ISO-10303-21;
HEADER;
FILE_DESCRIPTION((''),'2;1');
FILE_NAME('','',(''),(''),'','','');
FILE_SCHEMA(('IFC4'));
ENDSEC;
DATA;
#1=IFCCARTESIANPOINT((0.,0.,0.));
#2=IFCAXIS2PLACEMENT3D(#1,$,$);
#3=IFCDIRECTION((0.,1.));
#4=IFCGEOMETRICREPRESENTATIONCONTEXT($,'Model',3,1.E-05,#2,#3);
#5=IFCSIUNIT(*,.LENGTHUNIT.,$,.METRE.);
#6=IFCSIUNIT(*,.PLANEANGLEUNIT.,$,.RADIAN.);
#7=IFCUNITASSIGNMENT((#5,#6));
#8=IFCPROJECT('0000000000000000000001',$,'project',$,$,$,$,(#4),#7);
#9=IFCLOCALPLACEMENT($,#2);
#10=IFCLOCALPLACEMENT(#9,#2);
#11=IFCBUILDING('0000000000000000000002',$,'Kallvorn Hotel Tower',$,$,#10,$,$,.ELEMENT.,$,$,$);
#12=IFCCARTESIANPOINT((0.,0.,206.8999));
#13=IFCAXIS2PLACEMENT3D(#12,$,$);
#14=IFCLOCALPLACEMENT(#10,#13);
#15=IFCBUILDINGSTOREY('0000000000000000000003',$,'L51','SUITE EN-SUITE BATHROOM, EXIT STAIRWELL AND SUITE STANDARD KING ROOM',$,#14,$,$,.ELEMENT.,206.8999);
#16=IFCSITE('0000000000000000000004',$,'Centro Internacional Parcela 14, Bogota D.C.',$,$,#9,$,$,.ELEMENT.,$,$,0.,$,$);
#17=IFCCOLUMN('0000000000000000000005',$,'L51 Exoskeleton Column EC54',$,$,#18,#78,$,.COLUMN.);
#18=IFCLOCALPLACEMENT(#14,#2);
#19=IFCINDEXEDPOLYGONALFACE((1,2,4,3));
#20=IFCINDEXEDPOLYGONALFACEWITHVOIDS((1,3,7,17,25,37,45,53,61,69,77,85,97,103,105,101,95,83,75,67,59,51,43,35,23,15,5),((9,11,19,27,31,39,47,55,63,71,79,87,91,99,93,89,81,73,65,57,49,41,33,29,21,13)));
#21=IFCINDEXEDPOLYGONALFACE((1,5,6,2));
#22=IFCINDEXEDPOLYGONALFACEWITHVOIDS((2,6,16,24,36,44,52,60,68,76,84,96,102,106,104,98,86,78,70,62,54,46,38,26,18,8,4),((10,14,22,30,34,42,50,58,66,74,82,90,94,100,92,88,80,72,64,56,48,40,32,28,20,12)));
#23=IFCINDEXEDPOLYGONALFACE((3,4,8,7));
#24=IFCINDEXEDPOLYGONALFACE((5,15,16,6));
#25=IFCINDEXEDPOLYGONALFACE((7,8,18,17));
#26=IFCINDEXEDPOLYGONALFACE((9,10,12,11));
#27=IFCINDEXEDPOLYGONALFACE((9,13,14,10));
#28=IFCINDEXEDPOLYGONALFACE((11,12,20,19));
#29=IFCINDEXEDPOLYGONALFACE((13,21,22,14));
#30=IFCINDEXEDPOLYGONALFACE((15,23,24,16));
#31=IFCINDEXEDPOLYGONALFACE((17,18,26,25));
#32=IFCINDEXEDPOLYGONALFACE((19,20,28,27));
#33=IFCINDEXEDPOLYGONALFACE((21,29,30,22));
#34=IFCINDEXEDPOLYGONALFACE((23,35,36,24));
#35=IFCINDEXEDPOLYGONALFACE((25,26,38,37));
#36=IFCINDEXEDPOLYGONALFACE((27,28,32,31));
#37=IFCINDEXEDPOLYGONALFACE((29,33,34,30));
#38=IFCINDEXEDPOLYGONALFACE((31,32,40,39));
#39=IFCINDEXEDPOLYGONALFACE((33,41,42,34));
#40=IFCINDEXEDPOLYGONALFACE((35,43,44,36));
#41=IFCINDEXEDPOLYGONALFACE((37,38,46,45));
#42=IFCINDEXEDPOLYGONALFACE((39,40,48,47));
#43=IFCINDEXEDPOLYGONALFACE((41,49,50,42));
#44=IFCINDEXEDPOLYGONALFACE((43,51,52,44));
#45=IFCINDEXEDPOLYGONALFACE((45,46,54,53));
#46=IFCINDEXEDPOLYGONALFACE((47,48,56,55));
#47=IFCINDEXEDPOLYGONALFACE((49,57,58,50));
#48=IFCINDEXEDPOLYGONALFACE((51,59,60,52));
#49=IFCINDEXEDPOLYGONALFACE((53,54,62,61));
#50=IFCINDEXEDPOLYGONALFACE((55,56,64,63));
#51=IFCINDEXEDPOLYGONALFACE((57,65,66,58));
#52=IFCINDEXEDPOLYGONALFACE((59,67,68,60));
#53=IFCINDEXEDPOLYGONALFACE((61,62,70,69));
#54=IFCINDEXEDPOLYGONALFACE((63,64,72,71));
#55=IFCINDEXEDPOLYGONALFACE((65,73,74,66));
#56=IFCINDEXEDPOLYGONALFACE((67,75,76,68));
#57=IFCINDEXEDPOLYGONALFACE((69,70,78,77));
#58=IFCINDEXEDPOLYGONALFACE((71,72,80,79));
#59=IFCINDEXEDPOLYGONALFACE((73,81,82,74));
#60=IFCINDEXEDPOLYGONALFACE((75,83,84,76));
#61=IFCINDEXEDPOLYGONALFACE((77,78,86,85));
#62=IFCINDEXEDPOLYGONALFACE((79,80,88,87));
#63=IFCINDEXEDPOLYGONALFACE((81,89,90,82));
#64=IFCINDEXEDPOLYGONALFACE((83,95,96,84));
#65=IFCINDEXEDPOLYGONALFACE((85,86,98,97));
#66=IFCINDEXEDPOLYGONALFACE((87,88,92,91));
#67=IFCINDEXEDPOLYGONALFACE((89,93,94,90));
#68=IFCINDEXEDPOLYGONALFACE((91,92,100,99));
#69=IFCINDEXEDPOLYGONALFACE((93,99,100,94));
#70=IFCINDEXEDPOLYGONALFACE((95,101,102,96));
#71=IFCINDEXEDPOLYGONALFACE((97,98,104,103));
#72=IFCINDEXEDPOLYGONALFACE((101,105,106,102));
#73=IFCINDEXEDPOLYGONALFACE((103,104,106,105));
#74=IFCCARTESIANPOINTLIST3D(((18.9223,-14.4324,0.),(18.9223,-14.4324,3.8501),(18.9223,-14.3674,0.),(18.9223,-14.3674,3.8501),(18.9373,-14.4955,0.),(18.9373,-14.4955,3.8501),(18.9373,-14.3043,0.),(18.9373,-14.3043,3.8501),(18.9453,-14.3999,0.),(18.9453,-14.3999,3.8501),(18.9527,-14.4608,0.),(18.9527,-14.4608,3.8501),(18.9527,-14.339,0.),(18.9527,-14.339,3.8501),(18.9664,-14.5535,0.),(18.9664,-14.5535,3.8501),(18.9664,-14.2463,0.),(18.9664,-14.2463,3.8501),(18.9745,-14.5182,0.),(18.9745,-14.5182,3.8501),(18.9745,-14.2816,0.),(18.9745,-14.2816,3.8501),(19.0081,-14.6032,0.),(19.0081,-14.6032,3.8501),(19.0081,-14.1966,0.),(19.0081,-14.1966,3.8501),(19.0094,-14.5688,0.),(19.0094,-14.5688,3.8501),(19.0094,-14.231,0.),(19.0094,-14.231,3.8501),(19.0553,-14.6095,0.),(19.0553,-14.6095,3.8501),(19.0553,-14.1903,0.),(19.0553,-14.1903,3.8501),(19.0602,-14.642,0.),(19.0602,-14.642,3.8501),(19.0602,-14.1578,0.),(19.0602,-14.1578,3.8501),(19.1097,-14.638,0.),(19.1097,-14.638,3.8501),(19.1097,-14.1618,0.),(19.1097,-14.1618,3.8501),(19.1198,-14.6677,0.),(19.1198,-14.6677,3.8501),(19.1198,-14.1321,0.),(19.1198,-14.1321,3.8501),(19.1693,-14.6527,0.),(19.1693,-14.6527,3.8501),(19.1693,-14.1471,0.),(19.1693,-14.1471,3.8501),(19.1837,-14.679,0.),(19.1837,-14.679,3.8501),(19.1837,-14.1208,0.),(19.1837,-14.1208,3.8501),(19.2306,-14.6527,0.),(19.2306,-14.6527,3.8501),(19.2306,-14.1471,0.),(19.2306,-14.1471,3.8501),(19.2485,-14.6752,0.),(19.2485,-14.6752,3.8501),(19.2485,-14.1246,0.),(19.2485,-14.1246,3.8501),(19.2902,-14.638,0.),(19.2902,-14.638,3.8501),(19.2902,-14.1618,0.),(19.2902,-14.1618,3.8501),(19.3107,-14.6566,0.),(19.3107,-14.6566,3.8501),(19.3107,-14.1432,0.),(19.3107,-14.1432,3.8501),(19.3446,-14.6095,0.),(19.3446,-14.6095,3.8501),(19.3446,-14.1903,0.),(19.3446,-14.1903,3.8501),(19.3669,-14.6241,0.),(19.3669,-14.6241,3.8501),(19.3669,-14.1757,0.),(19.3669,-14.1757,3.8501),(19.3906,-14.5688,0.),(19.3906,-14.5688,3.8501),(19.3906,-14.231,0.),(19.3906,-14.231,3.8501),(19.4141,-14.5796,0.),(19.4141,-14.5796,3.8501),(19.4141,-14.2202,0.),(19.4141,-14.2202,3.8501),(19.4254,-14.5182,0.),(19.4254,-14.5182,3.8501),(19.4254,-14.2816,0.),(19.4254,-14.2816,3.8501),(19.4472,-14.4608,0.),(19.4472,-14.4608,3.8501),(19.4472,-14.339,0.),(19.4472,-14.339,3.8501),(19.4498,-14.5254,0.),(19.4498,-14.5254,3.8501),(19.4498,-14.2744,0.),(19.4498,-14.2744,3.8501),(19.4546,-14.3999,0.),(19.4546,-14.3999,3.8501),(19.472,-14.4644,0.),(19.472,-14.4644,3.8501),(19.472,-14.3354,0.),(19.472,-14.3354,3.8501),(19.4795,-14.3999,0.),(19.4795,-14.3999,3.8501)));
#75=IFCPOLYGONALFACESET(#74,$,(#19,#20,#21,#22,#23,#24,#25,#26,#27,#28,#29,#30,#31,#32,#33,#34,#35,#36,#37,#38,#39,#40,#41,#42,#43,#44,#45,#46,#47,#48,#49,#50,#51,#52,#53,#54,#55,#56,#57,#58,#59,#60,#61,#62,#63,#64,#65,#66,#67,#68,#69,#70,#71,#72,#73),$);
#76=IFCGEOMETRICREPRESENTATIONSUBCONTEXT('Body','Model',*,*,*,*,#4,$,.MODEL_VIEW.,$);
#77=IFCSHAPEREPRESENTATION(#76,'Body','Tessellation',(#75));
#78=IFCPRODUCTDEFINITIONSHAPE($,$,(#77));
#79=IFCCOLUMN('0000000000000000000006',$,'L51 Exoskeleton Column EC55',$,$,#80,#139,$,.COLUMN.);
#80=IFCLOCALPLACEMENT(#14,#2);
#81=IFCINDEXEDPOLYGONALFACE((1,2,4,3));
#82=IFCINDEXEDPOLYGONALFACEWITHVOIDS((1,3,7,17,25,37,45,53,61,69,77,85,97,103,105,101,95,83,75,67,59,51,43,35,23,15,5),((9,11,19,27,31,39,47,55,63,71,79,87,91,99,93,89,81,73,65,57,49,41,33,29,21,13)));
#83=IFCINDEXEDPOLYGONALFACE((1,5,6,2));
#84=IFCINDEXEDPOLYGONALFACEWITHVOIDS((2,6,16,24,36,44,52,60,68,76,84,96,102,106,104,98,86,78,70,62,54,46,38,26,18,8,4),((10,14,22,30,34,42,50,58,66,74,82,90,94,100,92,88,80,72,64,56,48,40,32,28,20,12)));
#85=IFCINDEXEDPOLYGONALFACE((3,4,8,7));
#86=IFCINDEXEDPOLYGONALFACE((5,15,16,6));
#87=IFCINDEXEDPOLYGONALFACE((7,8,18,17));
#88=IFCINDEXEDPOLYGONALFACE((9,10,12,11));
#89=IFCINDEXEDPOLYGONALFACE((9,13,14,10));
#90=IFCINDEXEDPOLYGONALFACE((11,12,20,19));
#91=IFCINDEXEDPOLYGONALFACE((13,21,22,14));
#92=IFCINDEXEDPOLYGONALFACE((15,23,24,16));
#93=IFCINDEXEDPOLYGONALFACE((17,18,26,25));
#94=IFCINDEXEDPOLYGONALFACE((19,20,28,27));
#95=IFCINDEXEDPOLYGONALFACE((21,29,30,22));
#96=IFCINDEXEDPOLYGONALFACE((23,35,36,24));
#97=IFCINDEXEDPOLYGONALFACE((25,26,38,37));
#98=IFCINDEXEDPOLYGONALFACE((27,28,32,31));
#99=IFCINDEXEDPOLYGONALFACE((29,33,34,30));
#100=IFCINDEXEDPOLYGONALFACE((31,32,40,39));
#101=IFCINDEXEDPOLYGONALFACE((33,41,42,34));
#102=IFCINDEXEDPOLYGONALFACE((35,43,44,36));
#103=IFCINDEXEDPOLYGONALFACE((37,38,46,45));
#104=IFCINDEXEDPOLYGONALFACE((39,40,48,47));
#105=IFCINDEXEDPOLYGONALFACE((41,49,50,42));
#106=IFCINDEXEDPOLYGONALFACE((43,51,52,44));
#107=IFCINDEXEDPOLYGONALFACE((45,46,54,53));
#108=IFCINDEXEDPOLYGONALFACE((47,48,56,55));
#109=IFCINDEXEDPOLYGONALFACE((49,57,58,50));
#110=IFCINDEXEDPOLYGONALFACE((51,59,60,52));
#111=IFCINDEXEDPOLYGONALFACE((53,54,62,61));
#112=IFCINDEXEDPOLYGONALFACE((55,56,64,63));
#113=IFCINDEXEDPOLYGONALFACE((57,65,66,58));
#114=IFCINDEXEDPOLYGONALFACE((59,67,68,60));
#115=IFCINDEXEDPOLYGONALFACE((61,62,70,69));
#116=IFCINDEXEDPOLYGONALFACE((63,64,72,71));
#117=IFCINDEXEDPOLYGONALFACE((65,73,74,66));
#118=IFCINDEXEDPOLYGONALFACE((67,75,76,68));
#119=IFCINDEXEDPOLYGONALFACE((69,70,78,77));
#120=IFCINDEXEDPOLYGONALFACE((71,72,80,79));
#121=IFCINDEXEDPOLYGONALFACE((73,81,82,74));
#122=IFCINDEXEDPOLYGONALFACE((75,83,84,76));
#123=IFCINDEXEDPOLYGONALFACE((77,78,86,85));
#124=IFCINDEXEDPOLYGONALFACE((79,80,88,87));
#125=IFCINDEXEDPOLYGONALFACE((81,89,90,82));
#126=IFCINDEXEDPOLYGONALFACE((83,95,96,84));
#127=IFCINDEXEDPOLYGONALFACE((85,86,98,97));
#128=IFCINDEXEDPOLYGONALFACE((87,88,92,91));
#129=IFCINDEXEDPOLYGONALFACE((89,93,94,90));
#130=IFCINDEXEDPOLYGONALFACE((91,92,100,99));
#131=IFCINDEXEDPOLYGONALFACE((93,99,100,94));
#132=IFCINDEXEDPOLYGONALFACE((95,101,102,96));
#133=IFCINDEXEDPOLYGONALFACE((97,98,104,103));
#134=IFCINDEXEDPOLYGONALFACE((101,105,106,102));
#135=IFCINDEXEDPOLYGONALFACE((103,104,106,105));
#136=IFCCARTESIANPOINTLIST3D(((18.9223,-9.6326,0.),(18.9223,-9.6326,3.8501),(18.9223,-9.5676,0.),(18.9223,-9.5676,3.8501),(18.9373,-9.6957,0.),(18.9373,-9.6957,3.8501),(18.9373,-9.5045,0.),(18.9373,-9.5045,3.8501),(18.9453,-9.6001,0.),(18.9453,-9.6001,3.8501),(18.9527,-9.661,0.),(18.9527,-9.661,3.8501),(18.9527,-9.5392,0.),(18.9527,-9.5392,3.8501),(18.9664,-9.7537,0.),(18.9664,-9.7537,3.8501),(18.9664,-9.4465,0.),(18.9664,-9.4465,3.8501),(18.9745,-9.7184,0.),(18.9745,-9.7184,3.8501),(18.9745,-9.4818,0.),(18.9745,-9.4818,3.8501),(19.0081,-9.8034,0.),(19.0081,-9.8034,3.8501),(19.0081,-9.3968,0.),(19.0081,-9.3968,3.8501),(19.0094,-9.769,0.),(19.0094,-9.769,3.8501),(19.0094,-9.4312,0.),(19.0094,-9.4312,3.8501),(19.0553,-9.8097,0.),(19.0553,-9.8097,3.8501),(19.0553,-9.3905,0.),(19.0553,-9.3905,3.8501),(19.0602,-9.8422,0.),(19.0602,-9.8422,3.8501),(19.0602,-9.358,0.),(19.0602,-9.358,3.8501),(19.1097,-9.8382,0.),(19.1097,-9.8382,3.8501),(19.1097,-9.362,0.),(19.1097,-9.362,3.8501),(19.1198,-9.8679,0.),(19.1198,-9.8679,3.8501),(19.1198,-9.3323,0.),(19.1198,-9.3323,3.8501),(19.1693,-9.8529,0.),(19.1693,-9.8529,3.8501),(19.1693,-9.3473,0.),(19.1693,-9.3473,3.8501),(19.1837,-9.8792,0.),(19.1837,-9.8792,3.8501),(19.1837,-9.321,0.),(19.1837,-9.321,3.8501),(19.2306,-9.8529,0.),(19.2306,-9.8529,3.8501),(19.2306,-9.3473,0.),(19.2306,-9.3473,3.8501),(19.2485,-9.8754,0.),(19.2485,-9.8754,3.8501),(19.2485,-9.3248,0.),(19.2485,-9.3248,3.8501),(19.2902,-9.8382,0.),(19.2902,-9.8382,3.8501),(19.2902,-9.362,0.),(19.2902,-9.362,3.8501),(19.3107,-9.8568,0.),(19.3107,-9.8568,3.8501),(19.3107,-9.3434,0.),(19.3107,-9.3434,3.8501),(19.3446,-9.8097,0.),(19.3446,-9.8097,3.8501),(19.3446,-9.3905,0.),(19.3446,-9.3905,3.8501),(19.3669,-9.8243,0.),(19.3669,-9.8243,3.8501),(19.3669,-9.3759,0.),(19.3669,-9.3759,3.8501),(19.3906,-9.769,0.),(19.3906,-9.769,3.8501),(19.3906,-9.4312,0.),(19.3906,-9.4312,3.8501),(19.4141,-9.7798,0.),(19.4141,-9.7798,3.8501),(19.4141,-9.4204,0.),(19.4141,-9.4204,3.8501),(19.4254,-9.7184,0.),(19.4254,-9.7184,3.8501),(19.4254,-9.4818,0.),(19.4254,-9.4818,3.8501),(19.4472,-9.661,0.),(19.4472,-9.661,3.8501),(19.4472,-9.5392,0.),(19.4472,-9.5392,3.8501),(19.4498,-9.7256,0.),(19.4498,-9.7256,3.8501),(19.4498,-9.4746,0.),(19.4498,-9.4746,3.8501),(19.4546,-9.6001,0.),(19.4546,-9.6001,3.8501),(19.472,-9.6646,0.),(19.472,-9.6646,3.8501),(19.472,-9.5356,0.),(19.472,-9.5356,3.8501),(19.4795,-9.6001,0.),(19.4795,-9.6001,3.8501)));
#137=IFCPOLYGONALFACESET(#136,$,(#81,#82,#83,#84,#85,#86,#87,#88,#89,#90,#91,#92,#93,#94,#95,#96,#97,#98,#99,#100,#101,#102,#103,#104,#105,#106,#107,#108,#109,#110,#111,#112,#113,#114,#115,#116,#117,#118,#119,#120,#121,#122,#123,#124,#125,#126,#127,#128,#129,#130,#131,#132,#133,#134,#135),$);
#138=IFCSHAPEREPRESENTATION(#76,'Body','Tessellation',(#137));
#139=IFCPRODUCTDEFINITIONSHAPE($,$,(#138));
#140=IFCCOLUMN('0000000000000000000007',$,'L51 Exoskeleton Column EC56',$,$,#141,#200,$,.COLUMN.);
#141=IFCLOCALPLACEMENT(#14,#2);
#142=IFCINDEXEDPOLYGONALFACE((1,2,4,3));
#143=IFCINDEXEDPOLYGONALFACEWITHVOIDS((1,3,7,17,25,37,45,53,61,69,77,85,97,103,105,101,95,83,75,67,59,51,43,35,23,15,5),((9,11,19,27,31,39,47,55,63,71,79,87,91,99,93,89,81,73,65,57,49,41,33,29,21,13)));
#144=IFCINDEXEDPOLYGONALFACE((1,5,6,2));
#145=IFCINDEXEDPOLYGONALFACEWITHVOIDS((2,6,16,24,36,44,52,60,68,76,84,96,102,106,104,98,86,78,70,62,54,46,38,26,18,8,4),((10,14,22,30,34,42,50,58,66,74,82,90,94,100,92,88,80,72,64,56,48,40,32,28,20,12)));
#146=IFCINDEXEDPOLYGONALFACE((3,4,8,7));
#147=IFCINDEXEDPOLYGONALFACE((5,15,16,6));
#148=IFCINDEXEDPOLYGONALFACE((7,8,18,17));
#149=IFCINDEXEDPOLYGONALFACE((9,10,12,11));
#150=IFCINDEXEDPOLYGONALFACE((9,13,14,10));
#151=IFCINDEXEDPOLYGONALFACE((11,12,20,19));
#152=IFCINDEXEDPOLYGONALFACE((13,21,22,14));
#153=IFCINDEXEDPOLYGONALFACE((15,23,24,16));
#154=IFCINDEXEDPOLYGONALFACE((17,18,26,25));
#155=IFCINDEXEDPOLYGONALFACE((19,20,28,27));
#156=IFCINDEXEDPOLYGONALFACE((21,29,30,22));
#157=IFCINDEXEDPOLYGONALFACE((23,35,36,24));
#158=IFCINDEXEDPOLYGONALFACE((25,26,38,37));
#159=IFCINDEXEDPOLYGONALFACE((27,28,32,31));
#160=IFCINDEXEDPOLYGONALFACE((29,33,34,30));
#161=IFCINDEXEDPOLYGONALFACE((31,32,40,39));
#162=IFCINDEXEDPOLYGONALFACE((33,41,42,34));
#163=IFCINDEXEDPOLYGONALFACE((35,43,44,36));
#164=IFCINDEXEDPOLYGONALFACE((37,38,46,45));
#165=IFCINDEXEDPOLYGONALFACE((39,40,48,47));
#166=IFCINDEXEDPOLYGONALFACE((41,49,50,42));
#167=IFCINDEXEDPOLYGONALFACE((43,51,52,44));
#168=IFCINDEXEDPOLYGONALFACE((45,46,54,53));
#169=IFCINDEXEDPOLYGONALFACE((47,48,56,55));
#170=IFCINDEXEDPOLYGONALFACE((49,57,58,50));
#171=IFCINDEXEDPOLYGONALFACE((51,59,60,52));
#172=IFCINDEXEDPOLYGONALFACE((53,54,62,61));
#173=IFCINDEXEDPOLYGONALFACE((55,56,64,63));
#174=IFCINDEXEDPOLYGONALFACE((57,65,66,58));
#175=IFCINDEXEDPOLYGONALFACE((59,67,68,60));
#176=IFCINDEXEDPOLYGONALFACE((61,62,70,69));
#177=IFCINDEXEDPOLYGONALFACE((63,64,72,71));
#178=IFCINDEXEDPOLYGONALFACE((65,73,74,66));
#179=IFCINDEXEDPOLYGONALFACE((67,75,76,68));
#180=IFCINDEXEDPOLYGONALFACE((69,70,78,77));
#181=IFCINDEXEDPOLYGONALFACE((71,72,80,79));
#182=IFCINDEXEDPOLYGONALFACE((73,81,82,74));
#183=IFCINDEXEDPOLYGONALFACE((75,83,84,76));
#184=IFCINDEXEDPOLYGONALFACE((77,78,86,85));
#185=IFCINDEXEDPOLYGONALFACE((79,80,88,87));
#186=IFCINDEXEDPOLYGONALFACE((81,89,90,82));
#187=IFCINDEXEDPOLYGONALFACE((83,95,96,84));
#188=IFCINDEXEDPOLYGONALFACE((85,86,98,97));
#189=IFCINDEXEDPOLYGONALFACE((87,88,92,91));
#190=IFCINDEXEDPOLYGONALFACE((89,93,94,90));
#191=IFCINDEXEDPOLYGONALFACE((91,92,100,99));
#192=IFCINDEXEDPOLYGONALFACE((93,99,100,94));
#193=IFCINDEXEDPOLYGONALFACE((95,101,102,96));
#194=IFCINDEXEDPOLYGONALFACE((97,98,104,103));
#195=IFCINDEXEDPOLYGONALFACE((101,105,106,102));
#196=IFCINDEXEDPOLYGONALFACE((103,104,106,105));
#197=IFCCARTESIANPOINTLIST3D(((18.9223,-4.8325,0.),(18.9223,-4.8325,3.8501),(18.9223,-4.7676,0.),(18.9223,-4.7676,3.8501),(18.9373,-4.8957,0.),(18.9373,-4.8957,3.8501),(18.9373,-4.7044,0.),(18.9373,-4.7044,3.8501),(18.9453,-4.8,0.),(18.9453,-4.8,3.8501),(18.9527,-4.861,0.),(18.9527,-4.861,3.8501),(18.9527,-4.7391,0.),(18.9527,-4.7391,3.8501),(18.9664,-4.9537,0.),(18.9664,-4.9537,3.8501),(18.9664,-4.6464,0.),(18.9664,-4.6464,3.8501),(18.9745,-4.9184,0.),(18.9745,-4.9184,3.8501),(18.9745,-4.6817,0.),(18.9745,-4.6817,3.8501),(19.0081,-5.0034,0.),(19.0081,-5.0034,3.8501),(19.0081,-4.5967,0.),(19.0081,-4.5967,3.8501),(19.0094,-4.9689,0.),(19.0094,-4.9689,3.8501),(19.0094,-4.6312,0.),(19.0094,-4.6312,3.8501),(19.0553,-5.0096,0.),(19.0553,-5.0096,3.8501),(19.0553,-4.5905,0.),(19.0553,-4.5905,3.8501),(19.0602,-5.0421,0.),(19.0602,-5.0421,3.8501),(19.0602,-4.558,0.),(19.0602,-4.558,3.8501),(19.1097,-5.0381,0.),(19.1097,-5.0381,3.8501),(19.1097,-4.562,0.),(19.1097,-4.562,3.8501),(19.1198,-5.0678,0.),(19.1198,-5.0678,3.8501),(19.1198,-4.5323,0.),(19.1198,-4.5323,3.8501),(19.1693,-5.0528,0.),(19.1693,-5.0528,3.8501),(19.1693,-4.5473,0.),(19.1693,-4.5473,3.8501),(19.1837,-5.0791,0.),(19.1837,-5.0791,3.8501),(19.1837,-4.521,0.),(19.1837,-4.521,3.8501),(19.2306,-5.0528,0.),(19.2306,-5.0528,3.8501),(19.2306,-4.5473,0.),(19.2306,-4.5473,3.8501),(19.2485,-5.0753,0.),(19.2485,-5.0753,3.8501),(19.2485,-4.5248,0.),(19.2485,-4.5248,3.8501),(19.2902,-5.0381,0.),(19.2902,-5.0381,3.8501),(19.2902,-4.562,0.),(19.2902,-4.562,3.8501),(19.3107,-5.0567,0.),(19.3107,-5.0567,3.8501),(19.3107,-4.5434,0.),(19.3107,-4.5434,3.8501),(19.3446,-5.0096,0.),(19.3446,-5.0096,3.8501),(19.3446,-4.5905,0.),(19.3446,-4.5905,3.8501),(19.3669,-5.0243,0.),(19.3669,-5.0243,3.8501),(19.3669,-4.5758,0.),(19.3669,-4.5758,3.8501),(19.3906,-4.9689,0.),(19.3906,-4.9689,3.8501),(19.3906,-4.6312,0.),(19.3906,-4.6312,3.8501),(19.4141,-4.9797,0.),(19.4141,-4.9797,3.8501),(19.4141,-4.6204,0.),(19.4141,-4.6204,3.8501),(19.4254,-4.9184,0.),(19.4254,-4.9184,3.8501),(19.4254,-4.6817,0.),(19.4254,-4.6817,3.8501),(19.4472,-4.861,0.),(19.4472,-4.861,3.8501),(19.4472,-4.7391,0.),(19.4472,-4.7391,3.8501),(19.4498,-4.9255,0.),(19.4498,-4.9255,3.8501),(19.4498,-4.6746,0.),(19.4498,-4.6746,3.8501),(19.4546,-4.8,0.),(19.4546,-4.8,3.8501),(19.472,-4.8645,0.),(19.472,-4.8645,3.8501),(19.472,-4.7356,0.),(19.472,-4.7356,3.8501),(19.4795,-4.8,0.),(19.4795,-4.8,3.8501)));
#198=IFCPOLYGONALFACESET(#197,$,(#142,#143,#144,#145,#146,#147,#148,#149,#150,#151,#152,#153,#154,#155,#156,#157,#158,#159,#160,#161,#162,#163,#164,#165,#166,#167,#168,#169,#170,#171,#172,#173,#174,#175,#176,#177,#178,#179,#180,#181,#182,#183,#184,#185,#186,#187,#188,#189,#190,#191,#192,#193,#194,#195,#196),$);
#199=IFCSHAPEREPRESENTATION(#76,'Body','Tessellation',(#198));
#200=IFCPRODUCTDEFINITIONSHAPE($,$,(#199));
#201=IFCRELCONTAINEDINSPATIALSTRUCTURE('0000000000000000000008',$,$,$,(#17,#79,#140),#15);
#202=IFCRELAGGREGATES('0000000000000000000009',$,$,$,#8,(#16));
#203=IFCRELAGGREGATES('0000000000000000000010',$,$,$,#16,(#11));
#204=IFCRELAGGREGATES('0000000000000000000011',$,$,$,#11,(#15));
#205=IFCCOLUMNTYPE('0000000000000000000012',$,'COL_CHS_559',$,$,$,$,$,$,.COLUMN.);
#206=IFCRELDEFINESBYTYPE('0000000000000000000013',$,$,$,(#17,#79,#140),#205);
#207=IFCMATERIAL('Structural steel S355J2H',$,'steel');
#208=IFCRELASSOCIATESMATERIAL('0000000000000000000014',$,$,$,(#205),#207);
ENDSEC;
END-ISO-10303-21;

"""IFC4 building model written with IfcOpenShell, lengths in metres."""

from ifc_helpers import new_model, si_unit, direction, frame, origin, origin_2d, place, context, subcontext, project, spatial, hollow_circle, extrude, material, material_profile, profile_set, type_object, element, save


model = new_model("IFC4")

# Units and contexts
model_context = context("Model", 3, precision=1e-05, world=origin(), true_north=direction((0.0, 1.0)))
body_context = subcontext(model_context, "Body", "Model", "MODEL_VIEW")
ifc_project = project(units=[si_unit("LENGTHUNIT", "METRE"), si_unit("PLANEANGLEUNIT", "RADIAN")], contexts=[model_context])

# Site, building, storey
site_placement = place(None, origin())
site = spatial("IfcSite", under=ifc_project, at=site_placement, Name="Centro Internacional Parcela 14, Bogota D.C.", CompositionType="ELEMENT", RefElevation=0.0)
building_placement = place(site_placement, origin())
building = spatial("IfcBuilding", under=site, at=building_placement, Name="Kallvorn Hotel Tower", CompositionType="ELEMENT")
storey_placement = place(building_placement, frame((0.0, 0.0, 206.8999)))
storey = spatial("IfcBuildingStorey", under=building, at=storey_placement, Name="L51", Description="SUITE EN-SUITE BATHROOM, EXIT STAIRWELL AND SUITE STANDARD KING ROOM", CompositionType="ELEMENT", Elevation=206.8999)

# Columns
ifc_material_1 = material(Name="Structural steel S355J2H", Category="steel")
ifc_material_profile_1 = material_profile(ifc_material_1, hollow_circle(Radius=0.2795, WallThickness=0.0249, at=origin_2d()), Name="CHS 559x25")
ifc_profile_set_1 = profile_set([ifc_material_profile_1], Name="Structural steel S355J2H")
column_type_1 = type_object("IfcColumnType", Name="COL_CHS_559", PredefinedType="COLUMN", material=ifc_profile_set_1)
for number, where, z_axis, x_axis, name in (
    (1, (19.2, -14.3999, 0.0), (0.0, 0.0, 1.0), (1.0, 0.0, 0.0), "L51 Exoskeleton Column EC54"),
    (2, (19.2, -9.6001, 0.0), (0.0, 0.0, 1.0), (1.0, 0.0, 0.0), "L51 Exoskeleton Column EC55"),
    (3, (19.2, -4.8, 0.0), (0.0, 0.0, 1.0), (1.0, 0.0, 0.0), "L51 Exoskeleton Column EC56"),
):
    element("IfcColumn", number, at=place(storey_placement, frame(where, z_axis=z_axis, x_axis=x_axis)), inside=storey, type_object=column_type_1, Name=name, PredefinedType="COLUMN", context=body_context, shape_type="SweptSolid", body=[
        extrude(hollow_circle(Radius=0.2795, WallThickness=0.0249, at=origin_2d()), origin(), (0.0, 0.0, 1.0), 3.8501),
    ])

save(model, "model.ifc")
